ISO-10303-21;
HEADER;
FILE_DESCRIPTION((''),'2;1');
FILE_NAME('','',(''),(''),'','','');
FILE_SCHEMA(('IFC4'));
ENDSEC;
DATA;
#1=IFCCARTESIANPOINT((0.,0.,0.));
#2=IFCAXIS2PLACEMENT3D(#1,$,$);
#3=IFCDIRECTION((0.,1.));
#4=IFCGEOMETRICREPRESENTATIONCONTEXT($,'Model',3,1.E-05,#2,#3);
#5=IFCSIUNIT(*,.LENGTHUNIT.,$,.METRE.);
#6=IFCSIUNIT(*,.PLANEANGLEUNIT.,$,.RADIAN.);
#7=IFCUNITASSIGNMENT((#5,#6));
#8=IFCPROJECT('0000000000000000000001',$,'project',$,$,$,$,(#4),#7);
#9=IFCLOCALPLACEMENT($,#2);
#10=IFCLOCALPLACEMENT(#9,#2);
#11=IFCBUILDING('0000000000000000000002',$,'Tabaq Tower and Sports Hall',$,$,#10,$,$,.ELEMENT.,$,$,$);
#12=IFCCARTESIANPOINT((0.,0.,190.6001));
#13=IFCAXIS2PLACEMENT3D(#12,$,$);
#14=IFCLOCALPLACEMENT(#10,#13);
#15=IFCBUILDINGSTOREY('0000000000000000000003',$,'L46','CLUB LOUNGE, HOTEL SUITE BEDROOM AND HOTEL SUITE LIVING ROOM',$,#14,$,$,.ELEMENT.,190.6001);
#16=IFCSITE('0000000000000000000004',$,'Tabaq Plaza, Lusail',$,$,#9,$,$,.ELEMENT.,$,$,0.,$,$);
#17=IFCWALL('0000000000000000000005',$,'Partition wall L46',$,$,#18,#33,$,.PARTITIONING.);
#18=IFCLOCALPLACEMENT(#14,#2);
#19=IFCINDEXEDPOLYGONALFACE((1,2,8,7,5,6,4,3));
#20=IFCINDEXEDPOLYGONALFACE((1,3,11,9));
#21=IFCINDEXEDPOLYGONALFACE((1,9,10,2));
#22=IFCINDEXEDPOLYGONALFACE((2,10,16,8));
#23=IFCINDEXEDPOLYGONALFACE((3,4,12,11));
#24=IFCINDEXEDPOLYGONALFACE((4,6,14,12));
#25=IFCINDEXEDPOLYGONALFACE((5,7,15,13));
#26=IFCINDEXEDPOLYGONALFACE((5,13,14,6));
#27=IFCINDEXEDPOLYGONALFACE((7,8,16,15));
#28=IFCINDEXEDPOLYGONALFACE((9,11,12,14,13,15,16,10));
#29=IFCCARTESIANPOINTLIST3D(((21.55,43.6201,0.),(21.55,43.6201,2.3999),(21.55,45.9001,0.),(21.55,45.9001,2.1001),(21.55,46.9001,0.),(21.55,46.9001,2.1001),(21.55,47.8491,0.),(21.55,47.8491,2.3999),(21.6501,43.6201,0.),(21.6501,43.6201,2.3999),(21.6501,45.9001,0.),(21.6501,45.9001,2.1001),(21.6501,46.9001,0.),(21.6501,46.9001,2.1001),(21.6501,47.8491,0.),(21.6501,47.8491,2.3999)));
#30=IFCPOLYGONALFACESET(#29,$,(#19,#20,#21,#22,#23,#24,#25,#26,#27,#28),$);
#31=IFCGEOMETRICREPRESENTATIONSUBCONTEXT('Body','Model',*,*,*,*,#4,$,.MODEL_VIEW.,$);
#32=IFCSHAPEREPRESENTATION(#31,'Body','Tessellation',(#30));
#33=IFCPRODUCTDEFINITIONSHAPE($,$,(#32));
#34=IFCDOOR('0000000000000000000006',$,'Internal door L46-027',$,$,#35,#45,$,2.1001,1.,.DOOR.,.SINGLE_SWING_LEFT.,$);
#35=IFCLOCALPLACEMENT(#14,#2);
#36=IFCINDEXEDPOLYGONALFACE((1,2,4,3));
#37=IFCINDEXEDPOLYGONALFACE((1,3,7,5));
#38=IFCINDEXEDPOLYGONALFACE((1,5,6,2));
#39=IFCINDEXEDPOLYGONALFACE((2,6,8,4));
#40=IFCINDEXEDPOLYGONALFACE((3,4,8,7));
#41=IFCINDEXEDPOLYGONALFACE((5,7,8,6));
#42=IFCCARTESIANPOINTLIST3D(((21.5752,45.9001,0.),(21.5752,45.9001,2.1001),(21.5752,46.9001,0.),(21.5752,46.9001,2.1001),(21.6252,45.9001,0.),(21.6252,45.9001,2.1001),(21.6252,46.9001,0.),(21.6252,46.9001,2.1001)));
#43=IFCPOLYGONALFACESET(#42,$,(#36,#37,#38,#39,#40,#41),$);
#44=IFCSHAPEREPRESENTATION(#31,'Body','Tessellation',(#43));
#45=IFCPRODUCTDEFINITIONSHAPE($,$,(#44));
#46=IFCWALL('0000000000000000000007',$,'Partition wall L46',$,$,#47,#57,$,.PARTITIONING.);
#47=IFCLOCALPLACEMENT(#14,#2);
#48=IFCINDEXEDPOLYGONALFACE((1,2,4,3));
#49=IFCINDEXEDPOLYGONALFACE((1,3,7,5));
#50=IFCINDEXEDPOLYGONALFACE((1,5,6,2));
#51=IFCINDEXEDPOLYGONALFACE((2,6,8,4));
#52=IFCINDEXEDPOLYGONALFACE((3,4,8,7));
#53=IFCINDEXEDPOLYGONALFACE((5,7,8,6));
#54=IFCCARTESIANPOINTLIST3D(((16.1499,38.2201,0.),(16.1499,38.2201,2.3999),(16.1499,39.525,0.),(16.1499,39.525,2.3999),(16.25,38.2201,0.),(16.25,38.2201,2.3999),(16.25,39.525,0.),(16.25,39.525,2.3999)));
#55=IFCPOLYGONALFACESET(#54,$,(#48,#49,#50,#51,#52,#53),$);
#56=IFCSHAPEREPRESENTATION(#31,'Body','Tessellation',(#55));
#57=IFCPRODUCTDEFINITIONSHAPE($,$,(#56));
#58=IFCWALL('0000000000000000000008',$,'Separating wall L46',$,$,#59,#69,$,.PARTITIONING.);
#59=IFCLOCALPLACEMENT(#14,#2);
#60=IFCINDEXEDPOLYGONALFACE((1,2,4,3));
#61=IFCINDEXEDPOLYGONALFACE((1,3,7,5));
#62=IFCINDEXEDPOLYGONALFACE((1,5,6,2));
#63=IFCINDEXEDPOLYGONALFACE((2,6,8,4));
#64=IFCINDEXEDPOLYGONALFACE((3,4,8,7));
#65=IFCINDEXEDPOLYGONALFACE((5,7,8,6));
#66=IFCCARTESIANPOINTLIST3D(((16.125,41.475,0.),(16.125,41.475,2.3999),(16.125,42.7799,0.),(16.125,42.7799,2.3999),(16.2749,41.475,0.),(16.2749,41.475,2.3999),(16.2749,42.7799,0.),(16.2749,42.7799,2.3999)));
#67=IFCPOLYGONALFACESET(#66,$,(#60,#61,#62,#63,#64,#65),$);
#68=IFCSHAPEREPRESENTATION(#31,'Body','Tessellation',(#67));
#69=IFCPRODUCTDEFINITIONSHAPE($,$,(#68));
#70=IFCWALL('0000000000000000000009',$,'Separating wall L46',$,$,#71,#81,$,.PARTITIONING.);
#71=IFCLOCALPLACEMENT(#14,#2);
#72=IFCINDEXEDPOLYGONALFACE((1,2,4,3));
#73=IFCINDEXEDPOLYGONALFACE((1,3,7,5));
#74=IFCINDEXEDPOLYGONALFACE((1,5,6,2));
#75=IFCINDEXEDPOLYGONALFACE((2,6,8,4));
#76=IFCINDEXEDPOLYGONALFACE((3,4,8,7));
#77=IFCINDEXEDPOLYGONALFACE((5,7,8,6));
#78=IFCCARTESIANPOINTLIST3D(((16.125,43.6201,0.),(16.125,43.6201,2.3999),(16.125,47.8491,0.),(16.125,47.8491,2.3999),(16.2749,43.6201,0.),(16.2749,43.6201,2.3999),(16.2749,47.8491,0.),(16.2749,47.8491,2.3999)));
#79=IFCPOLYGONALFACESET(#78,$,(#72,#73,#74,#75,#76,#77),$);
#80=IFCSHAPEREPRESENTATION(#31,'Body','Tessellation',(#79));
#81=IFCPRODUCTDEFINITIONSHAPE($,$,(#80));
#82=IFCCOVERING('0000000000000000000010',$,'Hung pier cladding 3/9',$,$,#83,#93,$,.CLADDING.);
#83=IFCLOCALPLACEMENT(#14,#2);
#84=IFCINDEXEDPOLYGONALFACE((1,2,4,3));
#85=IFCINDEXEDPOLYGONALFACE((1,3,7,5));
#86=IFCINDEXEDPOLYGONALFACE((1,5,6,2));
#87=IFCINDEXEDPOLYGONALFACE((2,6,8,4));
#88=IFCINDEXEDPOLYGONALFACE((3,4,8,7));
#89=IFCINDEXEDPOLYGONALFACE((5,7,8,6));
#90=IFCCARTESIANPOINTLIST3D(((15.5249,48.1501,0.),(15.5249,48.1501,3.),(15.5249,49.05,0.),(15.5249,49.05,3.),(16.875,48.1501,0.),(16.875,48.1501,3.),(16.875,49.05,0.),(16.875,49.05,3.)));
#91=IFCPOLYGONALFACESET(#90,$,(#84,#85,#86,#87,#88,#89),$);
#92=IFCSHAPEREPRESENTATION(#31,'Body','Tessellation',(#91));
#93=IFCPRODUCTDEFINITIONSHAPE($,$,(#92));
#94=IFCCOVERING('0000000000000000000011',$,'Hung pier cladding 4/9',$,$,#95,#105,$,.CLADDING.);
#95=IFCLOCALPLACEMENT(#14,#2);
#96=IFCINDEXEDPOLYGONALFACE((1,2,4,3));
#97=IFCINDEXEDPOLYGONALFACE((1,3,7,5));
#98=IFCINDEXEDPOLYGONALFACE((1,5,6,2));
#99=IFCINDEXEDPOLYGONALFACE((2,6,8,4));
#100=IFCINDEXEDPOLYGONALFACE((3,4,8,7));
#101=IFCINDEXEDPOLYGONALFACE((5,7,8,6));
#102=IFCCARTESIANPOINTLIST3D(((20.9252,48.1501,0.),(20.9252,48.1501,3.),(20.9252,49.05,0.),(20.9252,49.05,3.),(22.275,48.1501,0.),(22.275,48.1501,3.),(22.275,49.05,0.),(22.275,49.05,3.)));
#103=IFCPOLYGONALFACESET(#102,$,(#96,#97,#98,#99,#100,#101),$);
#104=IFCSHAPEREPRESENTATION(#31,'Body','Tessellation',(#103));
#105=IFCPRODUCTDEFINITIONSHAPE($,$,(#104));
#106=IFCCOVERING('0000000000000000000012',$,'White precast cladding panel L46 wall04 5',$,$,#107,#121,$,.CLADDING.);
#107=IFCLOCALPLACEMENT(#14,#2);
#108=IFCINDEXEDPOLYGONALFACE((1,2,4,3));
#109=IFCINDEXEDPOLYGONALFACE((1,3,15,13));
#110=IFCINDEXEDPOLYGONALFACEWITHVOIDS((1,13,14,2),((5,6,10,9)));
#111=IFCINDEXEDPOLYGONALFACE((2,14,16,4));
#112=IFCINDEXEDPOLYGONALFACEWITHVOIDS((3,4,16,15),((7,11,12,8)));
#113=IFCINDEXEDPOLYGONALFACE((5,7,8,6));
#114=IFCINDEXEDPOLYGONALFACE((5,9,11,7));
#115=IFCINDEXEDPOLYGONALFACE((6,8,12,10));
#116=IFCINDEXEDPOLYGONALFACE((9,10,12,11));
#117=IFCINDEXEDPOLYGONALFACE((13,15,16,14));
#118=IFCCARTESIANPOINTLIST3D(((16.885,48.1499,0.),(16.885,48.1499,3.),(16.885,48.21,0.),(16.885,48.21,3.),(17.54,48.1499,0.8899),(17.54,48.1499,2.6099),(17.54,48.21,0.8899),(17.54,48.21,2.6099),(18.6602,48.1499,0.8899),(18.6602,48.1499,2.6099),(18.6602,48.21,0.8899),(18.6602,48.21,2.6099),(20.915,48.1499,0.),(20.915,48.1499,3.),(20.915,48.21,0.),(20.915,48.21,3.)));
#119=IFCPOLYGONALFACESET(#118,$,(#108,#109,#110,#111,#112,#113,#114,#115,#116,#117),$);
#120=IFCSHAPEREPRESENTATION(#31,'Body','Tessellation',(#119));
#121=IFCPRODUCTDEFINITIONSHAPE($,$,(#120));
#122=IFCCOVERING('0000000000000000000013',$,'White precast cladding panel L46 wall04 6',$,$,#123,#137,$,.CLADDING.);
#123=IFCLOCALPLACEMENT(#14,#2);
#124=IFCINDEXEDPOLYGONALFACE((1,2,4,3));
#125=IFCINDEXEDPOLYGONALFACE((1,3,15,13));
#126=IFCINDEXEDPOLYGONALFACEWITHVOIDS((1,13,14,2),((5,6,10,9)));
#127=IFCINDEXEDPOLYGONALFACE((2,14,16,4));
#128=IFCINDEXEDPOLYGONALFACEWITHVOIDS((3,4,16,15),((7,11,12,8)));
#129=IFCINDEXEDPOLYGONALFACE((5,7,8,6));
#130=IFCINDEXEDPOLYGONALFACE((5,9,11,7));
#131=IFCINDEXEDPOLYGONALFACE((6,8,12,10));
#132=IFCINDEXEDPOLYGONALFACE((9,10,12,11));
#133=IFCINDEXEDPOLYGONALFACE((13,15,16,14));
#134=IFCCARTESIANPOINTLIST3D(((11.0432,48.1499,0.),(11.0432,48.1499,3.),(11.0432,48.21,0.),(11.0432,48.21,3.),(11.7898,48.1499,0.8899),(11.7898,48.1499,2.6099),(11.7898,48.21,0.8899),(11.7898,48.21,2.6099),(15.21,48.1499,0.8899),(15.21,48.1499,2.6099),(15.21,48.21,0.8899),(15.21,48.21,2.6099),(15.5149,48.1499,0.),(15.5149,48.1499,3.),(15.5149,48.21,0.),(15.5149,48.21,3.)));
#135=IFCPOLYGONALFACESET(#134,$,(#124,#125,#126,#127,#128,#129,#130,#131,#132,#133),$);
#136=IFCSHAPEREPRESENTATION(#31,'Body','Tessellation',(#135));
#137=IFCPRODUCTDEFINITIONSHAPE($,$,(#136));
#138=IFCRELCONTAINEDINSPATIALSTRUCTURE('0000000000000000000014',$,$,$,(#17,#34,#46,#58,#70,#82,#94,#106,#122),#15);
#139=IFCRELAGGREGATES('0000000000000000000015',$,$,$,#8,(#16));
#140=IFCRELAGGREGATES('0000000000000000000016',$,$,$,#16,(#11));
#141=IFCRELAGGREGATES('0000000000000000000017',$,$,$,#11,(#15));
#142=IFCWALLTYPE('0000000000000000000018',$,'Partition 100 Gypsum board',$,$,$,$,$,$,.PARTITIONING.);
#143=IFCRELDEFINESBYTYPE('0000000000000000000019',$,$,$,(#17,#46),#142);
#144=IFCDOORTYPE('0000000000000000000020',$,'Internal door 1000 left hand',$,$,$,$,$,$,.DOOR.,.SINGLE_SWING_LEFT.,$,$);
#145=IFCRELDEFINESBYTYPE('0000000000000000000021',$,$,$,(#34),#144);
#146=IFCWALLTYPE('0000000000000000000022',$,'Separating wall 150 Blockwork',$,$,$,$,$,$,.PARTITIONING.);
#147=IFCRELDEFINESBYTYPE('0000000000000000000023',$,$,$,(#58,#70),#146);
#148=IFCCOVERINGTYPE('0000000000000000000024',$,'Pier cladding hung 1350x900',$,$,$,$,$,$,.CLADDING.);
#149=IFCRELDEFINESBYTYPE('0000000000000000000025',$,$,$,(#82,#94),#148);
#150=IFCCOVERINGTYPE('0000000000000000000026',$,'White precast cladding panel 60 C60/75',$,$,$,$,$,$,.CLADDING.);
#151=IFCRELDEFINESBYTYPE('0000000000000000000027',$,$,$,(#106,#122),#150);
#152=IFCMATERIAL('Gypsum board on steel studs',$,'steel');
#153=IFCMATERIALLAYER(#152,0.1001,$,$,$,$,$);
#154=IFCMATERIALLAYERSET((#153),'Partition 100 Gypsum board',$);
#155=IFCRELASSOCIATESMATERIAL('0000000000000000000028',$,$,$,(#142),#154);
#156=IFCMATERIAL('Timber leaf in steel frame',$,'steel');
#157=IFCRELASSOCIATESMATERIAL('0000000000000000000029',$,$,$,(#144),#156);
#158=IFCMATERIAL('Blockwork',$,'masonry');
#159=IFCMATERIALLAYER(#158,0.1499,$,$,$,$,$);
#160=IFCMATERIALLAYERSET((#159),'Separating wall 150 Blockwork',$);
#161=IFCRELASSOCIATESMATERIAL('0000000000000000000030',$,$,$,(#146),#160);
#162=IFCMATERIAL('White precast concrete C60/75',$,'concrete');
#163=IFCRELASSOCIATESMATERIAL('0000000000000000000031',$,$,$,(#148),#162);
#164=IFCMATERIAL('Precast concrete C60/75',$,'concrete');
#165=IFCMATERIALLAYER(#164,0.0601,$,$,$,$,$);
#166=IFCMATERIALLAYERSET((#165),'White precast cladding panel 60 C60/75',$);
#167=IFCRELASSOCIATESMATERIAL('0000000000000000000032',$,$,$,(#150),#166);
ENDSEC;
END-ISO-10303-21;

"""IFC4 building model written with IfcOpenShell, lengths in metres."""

from ifc_helpers import new_model, si_unit, direction, frame, frame_2d, origin, place, context, subcontext, project, spatial, polyline, rectangle, outline, extrude, material, layer, layer_set, type_object, element, fill, save


model = new_model("IFC4")

# Units and contexts
model_context = context("Model", 3, precision=1e-05, world=origin(), true_north=direction((0.0, 1.0)))
body_context = subcontext(model_context, "Body", "Model", "MODEL_VIEW")
ifc_project = project(units=[si_unit("LENGTHUNIT", "METRE"), si_unit("PLANEANGLEUNIT", "RADIAN")], contexts=[model_context])

# Site, building, storey
site_placement = place(None, origin())
site = spatial("IfcSite", under=ifc_project, at=site_placement, Name="Tabaq Plaza, Lusail", CompositionType="ELEMENT", RefElevation=0.0)
building_placement = place(site_placement, origin())
building = spatial("IfcBuilding", under=site, at=building_placement, Name="Tabaq Tower and Sports Hall", CompositionType="ELEMENT")
storey_placement = place(building_placement, frame((0.0, 0.0, 190.6001)))
storey = spatial("IfcBuildingStorey", under=building, at=storey_placement, Name="L46", Description="CLUB LOUNGE, HOTEL SUITE BEDROOM AND HOTEL SUITE LIVING ROOM", CompositionType="ELEMENT", Elevation=190.6001)

# Shared definitions
ifc_material_1 = material(Name="Gypsum board on steel studs", Category="steel")
ifc_layer_1 = layer(ifc_material_1, 0.1001)
ifc_layer_set_1 = layer_set([ifc_layer_1], Name="Partition 100 Gypsum board")
wall_type_1 = type_object("IfcWallType", Name="Partition 100 Gypsum board", PredefinedType="PARTITIONING", material=ifc_layer_set_1)

# Wall, opening, door
wall_1_placement = place(storey_placement, frame((21.6001, 43.6201, 0.0), z_axis=(0.0, 0.0, 1.0), x_axis=(0.0, 1.0, 0.0)))
wall_1 = element("IfcWall", 1, at=wall_1_placement, inside=storey, type_object=wall_type_1, Name="Partition wall L46", PredefinedType="PARTITIONING", context=body_context, shape_type="SweptSolid", body=[
    extrude(rectangle(XDim=4.229, YDim=0.1001, at=frame_2d((2.1145, 0.0))), origin(), (0.0, 0.0, 1.0), 2.3999),
])
opening_1_placement = place(wall_1_placement, frame((2.28, 0.0, 0.0)))
opening_1 = element("IfcOpeningElement", 2, at=opening_1_placement, cuts=wall_1, PredefinedType="OPENING", context=body_context, shape_type="SweptSolid", body=[
    extrude(rectangle(XDim=1.0, YDim=2.1001, at=frame_2d((0.5, 1.05))), frame((0.0, 0.05, 0.0), z_axis=(0.0, -1.0, 0.0), x_axis=(1.0, 0.0, 0.0)), (0.0, 0.0, 1.0), 0.1001),
])
ifc_material_2 = material(Name="Timber leaf in steel frame", Category="steel")
door_type_1 = type_object("IfcDoorType", Name="Internal door 1000 left hand", OperationType="SINGLE_SWING_LEFT", PredefinedType="DOOR", material=ifc_material_2)
door_1_placement = place(opening_1_placement, origin())
door_1 = element("IfcDoor", 3, at=door_1_placement, inside=storey, type_object=door_type_1, Name="Internal door L46-027", OperationType="SINGLE_SWING_LEFT", OverallHeight=2.1001, OverallWidth=1.0, PredefinedType="DOOR", context=body_context, shape_type="SweptSolid", body=[
    extrude(rectangle(XDim=1.0, YDim=2.1001, at=frame_2d((0.5, 1.05))), frame((0.0, 0.0249, 0.0), z_axis=(0.0, -1.0, 0.0), x_axis=(1.0, 0.0, 0.0)), (0.0, 0.0, 1.0), 0.05),
])
fill(opening_1, door_1)

# Walls
wall_2_placement = place(storey_placement, frame((16.2, 39.5249, 0.0), z_axis=(0.0, 0.0, 1.0), x_axis=(0.0, -1.0, 0.0)))
element("IfcWall", 4, at=wall_2_placement, inside=storey, type_object=wall_type_1, Name="Partition wall L46", PredefinedType="PARTITIONING", context=body_context, shape_type="SweptSolid", body=[
    extrude(rectangle(XDim=1.3049, YDim=0.1001, at=frame_2d((0.6523, 0.0))), origin(), (0.0, 0.0, 1.0), 2.3999),
])
ifc_material_3 = material(Name="Blockwork", Category="masonry")
ifc_layer_2 = layer(ifc_material_3, 0.1499)
ifc_layer_set_2 = layer_set([ifc_layer_2], Name="Separating wall 150 Blockwork")
wall_type_2 = type_object("IfcWallType", Name="Separating wall 150 Blockwork", PredefinedType="PARTITIONING", material=ifc_layer_set_2)
wall_3_placement = place(storey_placement, frame((16.2, 41.4751, 0.0), z_axis=(0.0, 0.0, 1.0), x_axis=(0.0, 1.0, 0.0)))
element("IfcWall", 5, at=wall_3_placement, inside=storey, type_object=wall_type_2, Name="Separating wall L46", PredefinedType="PARTITIONING", context=body_context, shape_type="SweptSolid", body=[
    extrude(rectangle(XDim=1.3049, YDim=0.1499, at=frame_2d((0.6523, 0.0))), origin(), (0.0, 0.0, 1.0), 2.3999),
])
wall_4_placement = place(storey_placement, frame((16.2, 43.6201, 0.0), z_axis=(0.0, 0.0, 1.0), x_axis=(0.0, 1.0, 0.0)))
element("IfcWall", 6, at=wall_4_placement, inside=storey, type_object=wall_type_2, Name="Separating wall L46", PredefinedType="PARTITIONING", context=body_context, shape_type="SweptSolid", body=[
    extrude(rectangle(XDim=4.229, YDim=0.1499, at=frame_2d((2.1145, 0.0))), origin(), (0.0, 0.0, 1.0), 2.3999),
])

# Coverings
ifc_material_4 = material(Name="White precast concrete C60/75", Category="concrete")
covering_type_1 = type_object("IfcCoveringType", Name="Pier cladding hung 1350x900", PredefinedType="CLADDING", material=ifc_material_4)
covering_1_placement = place(storey_placement, frame((16.875, 48.6001, 0.0), z_axis=(0.0, 0.0, 1.0), x_axis=(-1.0, 0.0, 0.0)))
element("IfcCovering", 7, at=covering_1_placement, inside=storey, type_object=covering_type_1, Name="Hung pier cladding 3/9", PredefinedType="CLADDING", context=body_context, shape_type="SweptSolid", body=[
    extrude(rectangle(XDim=1.3501, YDim=0.8999, at=frame_2d((0.675, 0.0))), origin(), (0.0, 0.0, 1.0), 3.0),
])
covering_2_placement = place(storey_placement, frame((22.2749, 48.6001, 0.0), z_axis=(0.0, 0.0, 1.0), x_axis=(-1.0, 0.0, 0.0)))
element("IfcCovering", 8, at=covering_2_placement, inside=storey, type_object=covering_type_1, Name="Hung pier cladding 4/9", PredefinedType="CLADDING", context=body_context, shape_type="SweptSolid", body=[
    extrude(rectangle(XDim=1.3499, YDim=0.8999, at=frame_2d((0.6748, 0.0))), origin(), (0.0, 0.0, 1.0), 3.0),
])
ifc_material_5 = material(Name="Precast concrete C60/75", Category="concrete")
ifc_layer_3 = layer(ifc_material_5, 0.0601)
ifc_layer_set_3 = layer_set([ifc_layer_3], Name="White precast cladding panel 60 C60/75")
covering_type_2 = type_object("IfcCoveringType", Name="White precast cladding panel 60 C60/75", PredefinedType="CLADDING", material=ifc_layer_set_3)
covering_3_placement = place(storey_placement, frame((20.915, 48.1799, 0.0), z_axis=(0.0, 0.0, 1.0), x_axis=(-1.0, 0.0, 0.0)))
element("IfcCovering", 9, at=covering_3_placement, inside=storey, type_object=covering_type_2, Name="White precast cladding panel L46 wall04 5", PredefinedType="CLADDING", context=body_context, shape_type="SweptSolid", body=[
    extrude(outline(polyline([(0.0, 0.0), (4.03, 0.0), (4.03, 3.0), (0.0, 3.0), (0.0, 0.0)]), holes=[polyline([(2.2549, 0.8899), (2.2549, 2.6099), (3.375, 2.6099), (3.375, 0.8899), (2.2549, 0.8899)])]), frame((0.0, 0.03, 0.0), z_axis=(0.0, -1.0, 0.0), x_axis=(1.0, 0.0, 0.0)), (0.0, 0.0, 1.0), 0.0601),
])
covering_4_placement = place(storey_placement, frame((15.5149, 48.1799, 0.0), z_axis=(0.0, 0.0, 1.0), x_axis=(-1.0, 0.0, 0.0)))
element("IfcCovering", 10, at=covering_4_placement, inside=storey, type_object=covering_type_2, Name="White precast cladding panel L46 wall04 6", PredefinedType="CLADDING", context=body_context, shape_type="SweptSolid", body=[
    extrude(outline(polyline([(0.0, 0.0), (4.4717, 0.0), (4.4717, 3.0), (0.0, 3.0), (0.0, 0.0)]), holes=[polyline([(0.3049, 0.8899), (0.3049, 2.6099), (3.7251, 2.6099), (3.7251, 0.8899), (0.3049, 0.8899)])]), frame((0.0, 0.03, 0.0), z_axis=(0.0, -1.0, 0.0), x_axis=(1.0, 0.0, 0.0)), (0.0, 0.0, 1.0), 0.0601),
])

save(model, "model.ifc")
